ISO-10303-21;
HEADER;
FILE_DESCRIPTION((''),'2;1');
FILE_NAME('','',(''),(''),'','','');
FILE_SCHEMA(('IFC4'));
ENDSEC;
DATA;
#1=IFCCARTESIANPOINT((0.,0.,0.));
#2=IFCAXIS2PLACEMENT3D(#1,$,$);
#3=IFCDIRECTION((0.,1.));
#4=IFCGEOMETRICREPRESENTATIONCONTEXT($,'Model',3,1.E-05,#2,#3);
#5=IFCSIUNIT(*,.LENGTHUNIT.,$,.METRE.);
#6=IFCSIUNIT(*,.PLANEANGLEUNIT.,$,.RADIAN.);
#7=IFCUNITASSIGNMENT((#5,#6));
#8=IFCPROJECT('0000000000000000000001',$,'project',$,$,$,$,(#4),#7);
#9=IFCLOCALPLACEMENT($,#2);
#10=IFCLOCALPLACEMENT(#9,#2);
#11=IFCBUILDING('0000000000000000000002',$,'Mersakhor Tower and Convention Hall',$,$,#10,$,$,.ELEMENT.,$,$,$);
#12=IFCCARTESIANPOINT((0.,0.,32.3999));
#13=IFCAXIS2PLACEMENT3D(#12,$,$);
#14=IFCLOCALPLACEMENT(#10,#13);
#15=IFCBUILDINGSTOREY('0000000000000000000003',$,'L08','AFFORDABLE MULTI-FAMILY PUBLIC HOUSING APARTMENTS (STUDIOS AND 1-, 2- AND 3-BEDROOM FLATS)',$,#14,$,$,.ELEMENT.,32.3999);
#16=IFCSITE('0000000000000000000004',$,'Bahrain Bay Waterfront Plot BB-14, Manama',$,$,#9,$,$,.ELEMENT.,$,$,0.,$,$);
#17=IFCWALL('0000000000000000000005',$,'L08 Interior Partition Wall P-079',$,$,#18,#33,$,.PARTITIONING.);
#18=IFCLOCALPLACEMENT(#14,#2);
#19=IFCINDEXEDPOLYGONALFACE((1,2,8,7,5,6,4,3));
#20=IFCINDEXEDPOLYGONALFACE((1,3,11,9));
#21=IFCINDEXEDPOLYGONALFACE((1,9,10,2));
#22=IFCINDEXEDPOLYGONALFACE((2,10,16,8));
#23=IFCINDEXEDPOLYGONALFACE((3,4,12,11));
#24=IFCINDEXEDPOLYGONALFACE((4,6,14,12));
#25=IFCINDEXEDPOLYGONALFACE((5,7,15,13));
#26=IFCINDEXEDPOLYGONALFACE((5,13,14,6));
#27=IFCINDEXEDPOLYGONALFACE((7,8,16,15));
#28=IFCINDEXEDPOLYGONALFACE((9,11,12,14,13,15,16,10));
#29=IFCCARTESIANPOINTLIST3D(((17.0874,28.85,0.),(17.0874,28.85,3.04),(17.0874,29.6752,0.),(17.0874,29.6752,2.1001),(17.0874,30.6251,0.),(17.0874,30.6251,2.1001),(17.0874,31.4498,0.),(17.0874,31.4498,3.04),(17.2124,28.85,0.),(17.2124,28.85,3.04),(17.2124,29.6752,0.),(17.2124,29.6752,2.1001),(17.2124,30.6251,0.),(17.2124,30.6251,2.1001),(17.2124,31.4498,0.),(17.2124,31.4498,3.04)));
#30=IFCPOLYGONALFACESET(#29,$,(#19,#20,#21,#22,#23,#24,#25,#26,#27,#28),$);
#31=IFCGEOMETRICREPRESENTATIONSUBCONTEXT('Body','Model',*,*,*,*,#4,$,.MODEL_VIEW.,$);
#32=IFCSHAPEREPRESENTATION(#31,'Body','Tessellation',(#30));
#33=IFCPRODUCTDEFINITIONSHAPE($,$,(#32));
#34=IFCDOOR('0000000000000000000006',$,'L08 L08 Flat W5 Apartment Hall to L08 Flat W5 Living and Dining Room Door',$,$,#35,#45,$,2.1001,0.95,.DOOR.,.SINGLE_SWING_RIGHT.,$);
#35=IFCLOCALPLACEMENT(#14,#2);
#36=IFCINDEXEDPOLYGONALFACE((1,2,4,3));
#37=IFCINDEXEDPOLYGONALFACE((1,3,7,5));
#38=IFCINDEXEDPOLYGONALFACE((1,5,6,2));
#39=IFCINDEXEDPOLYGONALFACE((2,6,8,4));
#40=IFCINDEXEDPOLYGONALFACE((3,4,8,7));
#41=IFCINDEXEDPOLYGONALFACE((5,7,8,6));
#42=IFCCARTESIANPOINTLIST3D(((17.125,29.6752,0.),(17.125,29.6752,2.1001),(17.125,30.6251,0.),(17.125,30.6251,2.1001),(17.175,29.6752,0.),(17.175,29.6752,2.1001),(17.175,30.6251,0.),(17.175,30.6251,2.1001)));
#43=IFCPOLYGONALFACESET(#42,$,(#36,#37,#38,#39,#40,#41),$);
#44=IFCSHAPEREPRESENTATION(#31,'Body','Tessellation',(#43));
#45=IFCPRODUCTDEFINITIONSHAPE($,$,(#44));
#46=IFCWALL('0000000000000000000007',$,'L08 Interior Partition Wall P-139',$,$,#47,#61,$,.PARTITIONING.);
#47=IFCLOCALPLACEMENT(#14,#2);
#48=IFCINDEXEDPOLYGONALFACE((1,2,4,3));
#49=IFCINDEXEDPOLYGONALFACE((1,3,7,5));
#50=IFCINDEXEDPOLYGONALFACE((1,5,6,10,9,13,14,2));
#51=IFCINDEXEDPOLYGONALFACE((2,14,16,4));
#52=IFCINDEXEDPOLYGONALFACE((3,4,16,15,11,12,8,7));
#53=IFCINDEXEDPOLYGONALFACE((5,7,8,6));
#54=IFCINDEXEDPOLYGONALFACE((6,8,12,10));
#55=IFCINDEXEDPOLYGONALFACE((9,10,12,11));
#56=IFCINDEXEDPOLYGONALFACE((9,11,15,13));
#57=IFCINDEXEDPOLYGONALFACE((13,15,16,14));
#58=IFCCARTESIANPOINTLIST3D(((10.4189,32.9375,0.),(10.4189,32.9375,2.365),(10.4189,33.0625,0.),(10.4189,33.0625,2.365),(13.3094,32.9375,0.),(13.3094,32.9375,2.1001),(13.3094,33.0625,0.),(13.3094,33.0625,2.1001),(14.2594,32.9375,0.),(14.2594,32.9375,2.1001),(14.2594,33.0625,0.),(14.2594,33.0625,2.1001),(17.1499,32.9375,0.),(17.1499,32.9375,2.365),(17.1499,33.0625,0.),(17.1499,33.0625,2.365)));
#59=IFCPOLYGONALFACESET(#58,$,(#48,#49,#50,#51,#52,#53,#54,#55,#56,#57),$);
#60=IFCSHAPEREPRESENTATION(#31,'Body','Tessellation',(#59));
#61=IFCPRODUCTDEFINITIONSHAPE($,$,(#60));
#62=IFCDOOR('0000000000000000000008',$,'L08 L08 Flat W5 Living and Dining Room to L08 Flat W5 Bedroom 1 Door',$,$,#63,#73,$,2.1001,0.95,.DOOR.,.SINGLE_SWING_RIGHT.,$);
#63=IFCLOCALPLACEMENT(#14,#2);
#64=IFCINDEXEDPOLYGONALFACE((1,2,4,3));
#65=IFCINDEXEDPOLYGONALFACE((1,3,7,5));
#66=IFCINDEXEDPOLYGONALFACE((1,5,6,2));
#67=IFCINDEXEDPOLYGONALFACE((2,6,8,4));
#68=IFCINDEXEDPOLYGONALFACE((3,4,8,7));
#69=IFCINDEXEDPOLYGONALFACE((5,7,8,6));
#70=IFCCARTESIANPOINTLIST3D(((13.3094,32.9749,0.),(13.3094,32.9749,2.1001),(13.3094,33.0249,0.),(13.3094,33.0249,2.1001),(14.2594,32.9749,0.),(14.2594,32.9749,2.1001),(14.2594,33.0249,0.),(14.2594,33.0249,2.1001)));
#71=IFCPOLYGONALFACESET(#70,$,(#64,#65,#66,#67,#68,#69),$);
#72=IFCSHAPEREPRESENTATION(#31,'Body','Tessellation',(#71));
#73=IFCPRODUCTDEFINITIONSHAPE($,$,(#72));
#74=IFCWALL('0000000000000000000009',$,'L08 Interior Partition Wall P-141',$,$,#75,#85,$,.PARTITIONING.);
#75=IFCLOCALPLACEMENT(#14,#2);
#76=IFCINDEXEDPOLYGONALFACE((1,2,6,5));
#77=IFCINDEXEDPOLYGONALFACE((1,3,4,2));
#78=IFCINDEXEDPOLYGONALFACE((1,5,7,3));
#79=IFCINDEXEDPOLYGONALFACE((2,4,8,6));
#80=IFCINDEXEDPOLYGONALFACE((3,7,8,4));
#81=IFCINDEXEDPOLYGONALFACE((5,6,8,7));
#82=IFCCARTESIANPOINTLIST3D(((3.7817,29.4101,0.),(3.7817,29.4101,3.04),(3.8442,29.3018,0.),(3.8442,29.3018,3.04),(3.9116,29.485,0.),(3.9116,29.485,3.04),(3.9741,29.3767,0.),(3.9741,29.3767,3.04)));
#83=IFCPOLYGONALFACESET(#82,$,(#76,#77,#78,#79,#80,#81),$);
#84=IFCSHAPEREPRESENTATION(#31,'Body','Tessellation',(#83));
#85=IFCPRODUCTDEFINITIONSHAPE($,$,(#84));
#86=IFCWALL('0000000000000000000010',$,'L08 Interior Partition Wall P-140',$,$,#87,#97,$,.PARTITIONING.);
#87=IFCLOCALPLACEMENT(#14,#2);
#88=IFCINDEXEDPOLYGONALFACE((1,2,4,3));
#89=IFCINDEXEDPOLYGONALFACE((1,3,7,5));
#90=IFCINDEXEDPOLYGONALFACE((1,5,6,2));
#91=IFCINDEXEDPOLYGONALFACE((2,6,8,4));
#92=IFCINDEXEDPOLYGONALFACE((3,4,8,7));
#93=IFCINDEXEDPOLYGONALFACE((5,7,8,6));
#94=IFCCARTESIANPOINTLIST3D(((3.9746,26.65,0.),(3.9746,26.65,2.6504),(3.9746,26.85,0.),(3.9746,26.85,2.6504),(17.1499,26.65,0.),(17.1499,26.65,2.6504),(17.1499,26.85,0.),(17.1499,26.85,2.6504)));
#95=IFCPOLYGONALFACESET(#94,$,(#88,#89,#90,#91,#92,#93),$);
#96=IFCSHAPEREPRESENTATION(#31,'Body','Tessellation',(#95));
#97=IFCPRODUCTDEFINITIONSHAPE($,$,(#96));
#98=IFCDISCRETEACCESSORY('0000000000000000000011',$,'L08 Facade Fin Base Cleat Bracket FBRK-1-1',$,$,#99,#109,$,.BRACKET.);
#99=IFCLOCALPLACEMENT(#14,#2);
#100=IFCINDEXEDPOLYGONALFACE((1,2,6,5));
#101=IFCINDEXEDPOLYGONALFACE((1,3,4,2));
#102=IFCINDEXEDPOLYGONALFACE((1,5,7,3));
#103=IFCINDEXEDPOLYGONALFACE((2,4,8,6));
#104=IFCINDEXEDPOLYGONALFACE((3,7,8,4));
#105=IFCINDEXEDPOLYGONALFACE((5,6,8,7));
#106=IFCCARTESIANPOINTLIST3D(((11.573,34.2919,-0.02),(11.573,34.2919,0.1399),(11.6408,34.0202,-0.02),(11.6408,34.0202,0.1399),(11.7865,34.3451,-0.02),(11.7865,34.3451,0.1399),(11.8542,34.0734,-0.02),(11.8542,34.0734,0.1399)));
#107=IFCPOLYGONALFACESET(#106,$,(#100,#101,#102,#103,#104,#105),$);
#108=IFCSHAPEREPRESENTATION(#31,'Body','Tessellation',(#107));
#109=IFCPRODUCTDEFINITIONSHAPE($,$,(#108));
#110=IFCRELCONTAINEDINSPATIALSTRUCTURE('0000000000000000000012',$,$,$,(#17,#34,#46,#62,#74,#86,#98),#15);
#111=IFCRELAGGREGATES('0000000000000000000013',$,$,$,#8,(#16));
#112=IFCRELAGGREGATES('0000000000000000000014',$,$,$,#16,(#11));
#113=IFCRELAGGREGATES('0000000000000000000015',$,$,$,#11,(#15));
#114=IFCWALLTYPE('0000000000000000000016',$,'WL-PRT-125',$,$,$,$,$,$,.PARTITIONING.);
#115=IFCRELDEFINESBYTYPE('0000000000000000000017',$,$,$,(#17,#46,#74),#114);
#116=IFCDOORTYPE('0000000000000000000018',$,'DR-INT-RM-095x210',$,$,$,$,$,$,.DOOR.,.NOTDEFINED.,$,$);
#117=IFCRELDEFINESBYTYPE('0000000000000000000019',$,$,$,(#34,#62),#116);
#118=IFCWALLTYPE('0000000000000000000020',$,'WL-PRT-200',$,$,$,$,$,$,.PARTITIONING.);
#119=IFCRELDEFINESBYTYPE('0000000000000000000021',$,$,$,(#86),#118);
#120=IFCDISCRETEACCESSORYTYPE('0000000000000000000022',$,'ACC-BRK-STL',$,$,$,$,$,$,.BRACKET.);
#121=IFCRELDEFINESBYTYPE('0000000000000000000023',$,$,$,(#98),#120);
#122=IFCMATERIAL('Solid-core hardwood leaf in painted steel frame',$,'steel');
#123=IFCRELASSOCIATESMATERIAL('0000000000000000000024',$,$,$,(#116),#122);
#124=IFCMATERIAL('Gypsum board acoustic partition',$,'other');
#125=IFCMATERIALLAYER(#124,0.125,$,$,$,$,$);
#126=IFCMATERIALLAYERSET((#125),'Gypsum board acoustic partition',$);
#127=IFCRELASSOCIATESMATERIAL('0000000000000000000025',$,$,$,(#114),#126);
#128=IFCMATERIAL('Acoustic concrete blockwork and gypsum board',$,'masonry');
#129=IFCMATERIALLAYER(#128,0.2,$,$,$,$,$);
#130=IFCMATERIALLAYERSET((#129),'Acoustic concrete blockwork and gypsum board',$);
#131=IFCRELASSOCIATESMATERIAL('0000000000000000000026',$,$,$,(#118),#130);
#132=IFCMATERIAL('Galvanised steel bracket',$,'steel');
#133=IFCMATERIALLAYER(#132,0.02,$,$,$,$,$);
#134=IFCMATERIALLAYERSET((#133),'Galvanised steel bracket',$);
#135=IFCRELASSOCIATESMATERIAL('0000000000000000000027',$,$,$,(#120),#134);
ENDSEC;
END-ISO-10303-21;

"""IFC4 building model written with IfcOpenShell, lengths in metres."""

from ifc_helpers import new_model, si_unit, direction, frame, frame_2d, origin, origin_2d, place, context, subcontext, project, spatial, rectangle, extrude, material, layer, layer_set, type_object, element, fill, save


model = new_model("IFC4")

# Units and contexts
model_context = context("Model", 3, precision=1e-05, world=origin(), true_north=direction((0.0, 1.0)))
body_context = subcontext(model_context, "Body", "Model", "MODEL_VIEW")
ifc_project = project(units=[si_unit("LENGTHUNIT", "METRE"), si_unit("PLANEANGLEUNIT", "RADIAN")], contexts=[model_context])

# Site, building, storey
site_placement = place(None, origin())
site = spatial("IfcSite", under=ifc_project, at=site_placement, Name="Bahrain Bay Waterfront Plot BB-14, Manama", CompositionType="ELEMENT", RefElevation=0.0)
building_placement = place(site_placement, origin())
building = spatial("IfcBuilding", under=site, at=building_placement, Name="Mersakhor Tower and Convention Hall", CompositionType="ELEMENT")
storey_placement = place(building_placement, frame((0.0, 0.0, 32.3999)))
storey = spatial("IfcBuildingStorey", under=building, at=storey_placement, Name="L08", Description="AFFORDABLE MULTI-FAMILY PUBLIC HOUSING APARTMENTS (STUDIOS AND 1-, 2- AND 3-BEDROOM FLATS)", CompositionType="ELEMENT", Elevation=32.3999)

# Walls, openings, doors
ifc_material_1 = material(Name="Solid-core hardwood leaf in painted steel frame", Category="steel")
door_type_1 = type_object("IfcDoorType", Name="DR-INT-RM-095x210", OperationType="NOTDEFINED", PredefinedType="DOOR", material=ifc_material_1)
ifc_material_2 = material(Name="Gypsum board acoustic partition", Category="other")
ifc_layer_1 = layer(ifc_material_2, 0.125)
ifc_layer_set_1 = layer_set([ifc_layer_1], Name="Gypsum board acoustic partition")
wall_type_1 = type_object("IfcWallType", Name="WL-PRT-125", PredefinedType="PARTITIONING", material=ifc_layer_set_1)
wall_1_placement = place(storey_placement, frame((17.1499, 28.8501, 0.0), z_axis=(0.0, 0.0, 1.0), x_axis=(0.0, 1.0, 0.0)))
wall_1 = element("IfcWall", 1, at=wall_1_placement, inside=storey, type_object=wall_type_1, Name="L08 Interior Partition Wall P-079", PredefinedType="PARTITIONING", context=body_context, shape_type="SweptSolid", body=[
    extrude(rectangle(XDim=2.5999, YDim=0.125, at=frame_2d((1.2998, 0.0))), origin(), (0.0, 0.0, 1.0), 3.04),
])
opening_1_placement = place(wall_1_placement, frame((0.825, 0.0, 0.0)))
opening_1 = element("IfcOpeningElement", 2, at=opening_1_placement, cuts=wall_1, PredefinedType="OPENING", context=body_context, shape_type="SweptSolid", body=[
    extrude(rectangle(XDim=0.95, YDim=2.1001, at=frame_2d((0.4751, 1.05))), frame((0.0, 0.0725, 0.0), z_axis=(0.0, -1.0, 0.0), x_axis=(1.0, 0.0, 0.0)), (0.0, 0.0, 1.0), 0.145),
])
door_1_placement = place(opening_1_placement, origin())
door_1 = element("IfcDoor", 3, at=door_1_placement, inside=storey, type_object=door_type_1, Name="L08 L08 Flat W5 Apartment Hall to L08 Flat W5 Living and Dining Room Door", OperationType="SINGLE_SWING_RIGHT", OverallHeight=2.1001, OverallWidth=0.95, PredefinedType="DOOR", context=body_context, shape_type="SweptSolid", body=[
    extrude(rectangle(XDim=0.95, YDim=2.1001, at=frame_2d((0.4751, 1.05))), frame((0.0, 0.0249, 0.0), z_axis=(0.0, -1.0, 0.0), x_axis=(1.0, 0.0, 0.0)), (0.0, 0.0, 1.0), 0.05),
])
fill(opening_1, door_1)
wall_2_placement = place(storey_placement, frame((10.4189, 33.0, 0.0), z_axis=(0.0, 0.0, 1.0), x_axis=(1.0, 0.0, 0.0)))
wall_2 = element("IfcWall", 4, at=wall_2_placement, inside=storey, type_object=wall_type_1, Name="L08 Interior Partition Wall P-139", PredefinedType="PARTITIONING", context=body_context, shape_type="SweptSolid", body=[
    extrude(rectangle(XDim=6.731, YDim=0.125, at=frame_2d((3.3655, 0.0))), origin(), (0.0, 0.0, 1.0), 2.365),
])
opening_2_placement = place(wall_2_placement, frame((2.8904, 0.0, 0.0)))
opening_2 = element("IfcOpeningElement", 5, at=opening_2_placement, cuts=wall_2, PredefinedType="OPENING", context=body_context, shape_type="SweptSolid", body=[
    extrude(rectangle(XDim=0.95, YDim=2.1001, at=frame_2d((0.4751, 1.05))), frame((0.0, 0.0725, 0.0), z_axis=(0.0, -1.0, 0.0), x_axis=(1.0, 0.0, 0.0)), (0.0, 0.0, 1.0), 0.145),
])
door_2_placement = place(opening_2_placement, origin())
door_2 = element("IfcDoor", 6, at=door_2_placement, inside=storey, type_object=door_type_1, Name="L08 L08 Flat W5 Living and Dining Room to L08 Flat W5 Bedroom 1 Door", OperationType="SINGLE_SWING_RIGHT", OverallHeight=2.1001, OverallWidth=0.95, PredefinedType="DOOR", context=body_context, shape_type="SweptSolid", body=[
    extrude(rectangle(XDim=0.95, YDim=2.1001, at=frame_2d((0.4751, 1.05))), frame((0.0, 0.0249, 0.0), z_axis=(0.0, -1.0, 0.0), x_axis=(1.0, 0.0, 0.0)), (0.0, 0.0, 1.0), 0.05),
])
fill(opening_2, door_2)

# Walls
wall_3_placement = place(storey_placement, frame((3.813, 29.356, 0.0), z_axis=(0.0, 0.0, 1.0), x_axis=(0.866131, 0.499816, 0.0)))
element("IfcWall", 7, at=wall_3_placement, inside=storey, type_object=wall_type_1, Name="L08 Interior Partition Wall P-141", PredefinedType="PARTITIONING", context=body_context, shape_type="SweptSolid", body=[
    extrude(rectangle(XDim=0.1499, YDim=0.125, at=frame_2d((0.075, 0.0))), origin(), (0.0, 0.0, 1.0), 3.04),
])
ifc_material_3 = material(Name="Acoustic concrete blockwork and gypsum board", Category="masonry")
ifc_layer_2 = layer(ifc_material_3, 0.2)
ifc_layer_set_2 = layer_set([ifc_layer_2], Name="Acoustic concrete blockwork and gypsum board")
wall_type_2 = type_object("IfcWallType", Name="WL-PRT-200", PredefinedType="PARTITIONING", material=ifc_layer_set_2)
wall_4_placement = place(storey_placement, frame((17.1499, 26.75, 0.0), z_axis=(0.0, 0.0, 1.0), x_axis=(-1.0, 0.0, 0.0)))
element("IfcWall", 8, at=wall_4_placement, inside=storey, type_object=wall_type_2, Name="L08 Interior Partition Wall P-140", PredefinedType="PARTITIONING", context=body_context, shape_type="SweptSolid", body=[
    extrude(rectangle(XDim=13.1753, YDim=0.2, at=frame_2d((6.5876, 0.0))), origin(), (0.0, 0.0, 1.0), 2.6504),
])

# Discrete accessory
ifc_material_4 = material(Name="Galvanised steel bracket", Category="steel")
ifc_layer_3 = layer(ifc_material_4, 0.02)
ifc_layer_set_3 = layer_set([ifc_layer_3], Name="Galvanised steel bracket")
discrete_accessory_type = type_object("IfcDiscreteAccessoryType", Name="ACC-BRK-STL", PredefinedType="BRACKET", material=ifc_layer_set_3)
discrete_accessory_placement = place(storey_placement, frame((11.7136, 34.1826, -0.02), z_axis=(0.0, 0.0, 1.0), x_axis=(-0.241922, 0.970296, 0.0)))
element("IfcDiscreteAccessory", 9, at=discrete_accessory_placement, inside=storey, type_object=discrete_accessory_type, Name="L08 Facade Fin Base Cleat Bracket FBRK-1-1", PredefinedType="BRACKET", context=body_context, shape_type="SweptSolid", body=[
    extrude(rectangle(XDim=0.28, YDim=0.22, at=origin_2d()), origin(), (0.0, 0.0, 1.0), 0.1599),
])

save(model, "model.ifc")
